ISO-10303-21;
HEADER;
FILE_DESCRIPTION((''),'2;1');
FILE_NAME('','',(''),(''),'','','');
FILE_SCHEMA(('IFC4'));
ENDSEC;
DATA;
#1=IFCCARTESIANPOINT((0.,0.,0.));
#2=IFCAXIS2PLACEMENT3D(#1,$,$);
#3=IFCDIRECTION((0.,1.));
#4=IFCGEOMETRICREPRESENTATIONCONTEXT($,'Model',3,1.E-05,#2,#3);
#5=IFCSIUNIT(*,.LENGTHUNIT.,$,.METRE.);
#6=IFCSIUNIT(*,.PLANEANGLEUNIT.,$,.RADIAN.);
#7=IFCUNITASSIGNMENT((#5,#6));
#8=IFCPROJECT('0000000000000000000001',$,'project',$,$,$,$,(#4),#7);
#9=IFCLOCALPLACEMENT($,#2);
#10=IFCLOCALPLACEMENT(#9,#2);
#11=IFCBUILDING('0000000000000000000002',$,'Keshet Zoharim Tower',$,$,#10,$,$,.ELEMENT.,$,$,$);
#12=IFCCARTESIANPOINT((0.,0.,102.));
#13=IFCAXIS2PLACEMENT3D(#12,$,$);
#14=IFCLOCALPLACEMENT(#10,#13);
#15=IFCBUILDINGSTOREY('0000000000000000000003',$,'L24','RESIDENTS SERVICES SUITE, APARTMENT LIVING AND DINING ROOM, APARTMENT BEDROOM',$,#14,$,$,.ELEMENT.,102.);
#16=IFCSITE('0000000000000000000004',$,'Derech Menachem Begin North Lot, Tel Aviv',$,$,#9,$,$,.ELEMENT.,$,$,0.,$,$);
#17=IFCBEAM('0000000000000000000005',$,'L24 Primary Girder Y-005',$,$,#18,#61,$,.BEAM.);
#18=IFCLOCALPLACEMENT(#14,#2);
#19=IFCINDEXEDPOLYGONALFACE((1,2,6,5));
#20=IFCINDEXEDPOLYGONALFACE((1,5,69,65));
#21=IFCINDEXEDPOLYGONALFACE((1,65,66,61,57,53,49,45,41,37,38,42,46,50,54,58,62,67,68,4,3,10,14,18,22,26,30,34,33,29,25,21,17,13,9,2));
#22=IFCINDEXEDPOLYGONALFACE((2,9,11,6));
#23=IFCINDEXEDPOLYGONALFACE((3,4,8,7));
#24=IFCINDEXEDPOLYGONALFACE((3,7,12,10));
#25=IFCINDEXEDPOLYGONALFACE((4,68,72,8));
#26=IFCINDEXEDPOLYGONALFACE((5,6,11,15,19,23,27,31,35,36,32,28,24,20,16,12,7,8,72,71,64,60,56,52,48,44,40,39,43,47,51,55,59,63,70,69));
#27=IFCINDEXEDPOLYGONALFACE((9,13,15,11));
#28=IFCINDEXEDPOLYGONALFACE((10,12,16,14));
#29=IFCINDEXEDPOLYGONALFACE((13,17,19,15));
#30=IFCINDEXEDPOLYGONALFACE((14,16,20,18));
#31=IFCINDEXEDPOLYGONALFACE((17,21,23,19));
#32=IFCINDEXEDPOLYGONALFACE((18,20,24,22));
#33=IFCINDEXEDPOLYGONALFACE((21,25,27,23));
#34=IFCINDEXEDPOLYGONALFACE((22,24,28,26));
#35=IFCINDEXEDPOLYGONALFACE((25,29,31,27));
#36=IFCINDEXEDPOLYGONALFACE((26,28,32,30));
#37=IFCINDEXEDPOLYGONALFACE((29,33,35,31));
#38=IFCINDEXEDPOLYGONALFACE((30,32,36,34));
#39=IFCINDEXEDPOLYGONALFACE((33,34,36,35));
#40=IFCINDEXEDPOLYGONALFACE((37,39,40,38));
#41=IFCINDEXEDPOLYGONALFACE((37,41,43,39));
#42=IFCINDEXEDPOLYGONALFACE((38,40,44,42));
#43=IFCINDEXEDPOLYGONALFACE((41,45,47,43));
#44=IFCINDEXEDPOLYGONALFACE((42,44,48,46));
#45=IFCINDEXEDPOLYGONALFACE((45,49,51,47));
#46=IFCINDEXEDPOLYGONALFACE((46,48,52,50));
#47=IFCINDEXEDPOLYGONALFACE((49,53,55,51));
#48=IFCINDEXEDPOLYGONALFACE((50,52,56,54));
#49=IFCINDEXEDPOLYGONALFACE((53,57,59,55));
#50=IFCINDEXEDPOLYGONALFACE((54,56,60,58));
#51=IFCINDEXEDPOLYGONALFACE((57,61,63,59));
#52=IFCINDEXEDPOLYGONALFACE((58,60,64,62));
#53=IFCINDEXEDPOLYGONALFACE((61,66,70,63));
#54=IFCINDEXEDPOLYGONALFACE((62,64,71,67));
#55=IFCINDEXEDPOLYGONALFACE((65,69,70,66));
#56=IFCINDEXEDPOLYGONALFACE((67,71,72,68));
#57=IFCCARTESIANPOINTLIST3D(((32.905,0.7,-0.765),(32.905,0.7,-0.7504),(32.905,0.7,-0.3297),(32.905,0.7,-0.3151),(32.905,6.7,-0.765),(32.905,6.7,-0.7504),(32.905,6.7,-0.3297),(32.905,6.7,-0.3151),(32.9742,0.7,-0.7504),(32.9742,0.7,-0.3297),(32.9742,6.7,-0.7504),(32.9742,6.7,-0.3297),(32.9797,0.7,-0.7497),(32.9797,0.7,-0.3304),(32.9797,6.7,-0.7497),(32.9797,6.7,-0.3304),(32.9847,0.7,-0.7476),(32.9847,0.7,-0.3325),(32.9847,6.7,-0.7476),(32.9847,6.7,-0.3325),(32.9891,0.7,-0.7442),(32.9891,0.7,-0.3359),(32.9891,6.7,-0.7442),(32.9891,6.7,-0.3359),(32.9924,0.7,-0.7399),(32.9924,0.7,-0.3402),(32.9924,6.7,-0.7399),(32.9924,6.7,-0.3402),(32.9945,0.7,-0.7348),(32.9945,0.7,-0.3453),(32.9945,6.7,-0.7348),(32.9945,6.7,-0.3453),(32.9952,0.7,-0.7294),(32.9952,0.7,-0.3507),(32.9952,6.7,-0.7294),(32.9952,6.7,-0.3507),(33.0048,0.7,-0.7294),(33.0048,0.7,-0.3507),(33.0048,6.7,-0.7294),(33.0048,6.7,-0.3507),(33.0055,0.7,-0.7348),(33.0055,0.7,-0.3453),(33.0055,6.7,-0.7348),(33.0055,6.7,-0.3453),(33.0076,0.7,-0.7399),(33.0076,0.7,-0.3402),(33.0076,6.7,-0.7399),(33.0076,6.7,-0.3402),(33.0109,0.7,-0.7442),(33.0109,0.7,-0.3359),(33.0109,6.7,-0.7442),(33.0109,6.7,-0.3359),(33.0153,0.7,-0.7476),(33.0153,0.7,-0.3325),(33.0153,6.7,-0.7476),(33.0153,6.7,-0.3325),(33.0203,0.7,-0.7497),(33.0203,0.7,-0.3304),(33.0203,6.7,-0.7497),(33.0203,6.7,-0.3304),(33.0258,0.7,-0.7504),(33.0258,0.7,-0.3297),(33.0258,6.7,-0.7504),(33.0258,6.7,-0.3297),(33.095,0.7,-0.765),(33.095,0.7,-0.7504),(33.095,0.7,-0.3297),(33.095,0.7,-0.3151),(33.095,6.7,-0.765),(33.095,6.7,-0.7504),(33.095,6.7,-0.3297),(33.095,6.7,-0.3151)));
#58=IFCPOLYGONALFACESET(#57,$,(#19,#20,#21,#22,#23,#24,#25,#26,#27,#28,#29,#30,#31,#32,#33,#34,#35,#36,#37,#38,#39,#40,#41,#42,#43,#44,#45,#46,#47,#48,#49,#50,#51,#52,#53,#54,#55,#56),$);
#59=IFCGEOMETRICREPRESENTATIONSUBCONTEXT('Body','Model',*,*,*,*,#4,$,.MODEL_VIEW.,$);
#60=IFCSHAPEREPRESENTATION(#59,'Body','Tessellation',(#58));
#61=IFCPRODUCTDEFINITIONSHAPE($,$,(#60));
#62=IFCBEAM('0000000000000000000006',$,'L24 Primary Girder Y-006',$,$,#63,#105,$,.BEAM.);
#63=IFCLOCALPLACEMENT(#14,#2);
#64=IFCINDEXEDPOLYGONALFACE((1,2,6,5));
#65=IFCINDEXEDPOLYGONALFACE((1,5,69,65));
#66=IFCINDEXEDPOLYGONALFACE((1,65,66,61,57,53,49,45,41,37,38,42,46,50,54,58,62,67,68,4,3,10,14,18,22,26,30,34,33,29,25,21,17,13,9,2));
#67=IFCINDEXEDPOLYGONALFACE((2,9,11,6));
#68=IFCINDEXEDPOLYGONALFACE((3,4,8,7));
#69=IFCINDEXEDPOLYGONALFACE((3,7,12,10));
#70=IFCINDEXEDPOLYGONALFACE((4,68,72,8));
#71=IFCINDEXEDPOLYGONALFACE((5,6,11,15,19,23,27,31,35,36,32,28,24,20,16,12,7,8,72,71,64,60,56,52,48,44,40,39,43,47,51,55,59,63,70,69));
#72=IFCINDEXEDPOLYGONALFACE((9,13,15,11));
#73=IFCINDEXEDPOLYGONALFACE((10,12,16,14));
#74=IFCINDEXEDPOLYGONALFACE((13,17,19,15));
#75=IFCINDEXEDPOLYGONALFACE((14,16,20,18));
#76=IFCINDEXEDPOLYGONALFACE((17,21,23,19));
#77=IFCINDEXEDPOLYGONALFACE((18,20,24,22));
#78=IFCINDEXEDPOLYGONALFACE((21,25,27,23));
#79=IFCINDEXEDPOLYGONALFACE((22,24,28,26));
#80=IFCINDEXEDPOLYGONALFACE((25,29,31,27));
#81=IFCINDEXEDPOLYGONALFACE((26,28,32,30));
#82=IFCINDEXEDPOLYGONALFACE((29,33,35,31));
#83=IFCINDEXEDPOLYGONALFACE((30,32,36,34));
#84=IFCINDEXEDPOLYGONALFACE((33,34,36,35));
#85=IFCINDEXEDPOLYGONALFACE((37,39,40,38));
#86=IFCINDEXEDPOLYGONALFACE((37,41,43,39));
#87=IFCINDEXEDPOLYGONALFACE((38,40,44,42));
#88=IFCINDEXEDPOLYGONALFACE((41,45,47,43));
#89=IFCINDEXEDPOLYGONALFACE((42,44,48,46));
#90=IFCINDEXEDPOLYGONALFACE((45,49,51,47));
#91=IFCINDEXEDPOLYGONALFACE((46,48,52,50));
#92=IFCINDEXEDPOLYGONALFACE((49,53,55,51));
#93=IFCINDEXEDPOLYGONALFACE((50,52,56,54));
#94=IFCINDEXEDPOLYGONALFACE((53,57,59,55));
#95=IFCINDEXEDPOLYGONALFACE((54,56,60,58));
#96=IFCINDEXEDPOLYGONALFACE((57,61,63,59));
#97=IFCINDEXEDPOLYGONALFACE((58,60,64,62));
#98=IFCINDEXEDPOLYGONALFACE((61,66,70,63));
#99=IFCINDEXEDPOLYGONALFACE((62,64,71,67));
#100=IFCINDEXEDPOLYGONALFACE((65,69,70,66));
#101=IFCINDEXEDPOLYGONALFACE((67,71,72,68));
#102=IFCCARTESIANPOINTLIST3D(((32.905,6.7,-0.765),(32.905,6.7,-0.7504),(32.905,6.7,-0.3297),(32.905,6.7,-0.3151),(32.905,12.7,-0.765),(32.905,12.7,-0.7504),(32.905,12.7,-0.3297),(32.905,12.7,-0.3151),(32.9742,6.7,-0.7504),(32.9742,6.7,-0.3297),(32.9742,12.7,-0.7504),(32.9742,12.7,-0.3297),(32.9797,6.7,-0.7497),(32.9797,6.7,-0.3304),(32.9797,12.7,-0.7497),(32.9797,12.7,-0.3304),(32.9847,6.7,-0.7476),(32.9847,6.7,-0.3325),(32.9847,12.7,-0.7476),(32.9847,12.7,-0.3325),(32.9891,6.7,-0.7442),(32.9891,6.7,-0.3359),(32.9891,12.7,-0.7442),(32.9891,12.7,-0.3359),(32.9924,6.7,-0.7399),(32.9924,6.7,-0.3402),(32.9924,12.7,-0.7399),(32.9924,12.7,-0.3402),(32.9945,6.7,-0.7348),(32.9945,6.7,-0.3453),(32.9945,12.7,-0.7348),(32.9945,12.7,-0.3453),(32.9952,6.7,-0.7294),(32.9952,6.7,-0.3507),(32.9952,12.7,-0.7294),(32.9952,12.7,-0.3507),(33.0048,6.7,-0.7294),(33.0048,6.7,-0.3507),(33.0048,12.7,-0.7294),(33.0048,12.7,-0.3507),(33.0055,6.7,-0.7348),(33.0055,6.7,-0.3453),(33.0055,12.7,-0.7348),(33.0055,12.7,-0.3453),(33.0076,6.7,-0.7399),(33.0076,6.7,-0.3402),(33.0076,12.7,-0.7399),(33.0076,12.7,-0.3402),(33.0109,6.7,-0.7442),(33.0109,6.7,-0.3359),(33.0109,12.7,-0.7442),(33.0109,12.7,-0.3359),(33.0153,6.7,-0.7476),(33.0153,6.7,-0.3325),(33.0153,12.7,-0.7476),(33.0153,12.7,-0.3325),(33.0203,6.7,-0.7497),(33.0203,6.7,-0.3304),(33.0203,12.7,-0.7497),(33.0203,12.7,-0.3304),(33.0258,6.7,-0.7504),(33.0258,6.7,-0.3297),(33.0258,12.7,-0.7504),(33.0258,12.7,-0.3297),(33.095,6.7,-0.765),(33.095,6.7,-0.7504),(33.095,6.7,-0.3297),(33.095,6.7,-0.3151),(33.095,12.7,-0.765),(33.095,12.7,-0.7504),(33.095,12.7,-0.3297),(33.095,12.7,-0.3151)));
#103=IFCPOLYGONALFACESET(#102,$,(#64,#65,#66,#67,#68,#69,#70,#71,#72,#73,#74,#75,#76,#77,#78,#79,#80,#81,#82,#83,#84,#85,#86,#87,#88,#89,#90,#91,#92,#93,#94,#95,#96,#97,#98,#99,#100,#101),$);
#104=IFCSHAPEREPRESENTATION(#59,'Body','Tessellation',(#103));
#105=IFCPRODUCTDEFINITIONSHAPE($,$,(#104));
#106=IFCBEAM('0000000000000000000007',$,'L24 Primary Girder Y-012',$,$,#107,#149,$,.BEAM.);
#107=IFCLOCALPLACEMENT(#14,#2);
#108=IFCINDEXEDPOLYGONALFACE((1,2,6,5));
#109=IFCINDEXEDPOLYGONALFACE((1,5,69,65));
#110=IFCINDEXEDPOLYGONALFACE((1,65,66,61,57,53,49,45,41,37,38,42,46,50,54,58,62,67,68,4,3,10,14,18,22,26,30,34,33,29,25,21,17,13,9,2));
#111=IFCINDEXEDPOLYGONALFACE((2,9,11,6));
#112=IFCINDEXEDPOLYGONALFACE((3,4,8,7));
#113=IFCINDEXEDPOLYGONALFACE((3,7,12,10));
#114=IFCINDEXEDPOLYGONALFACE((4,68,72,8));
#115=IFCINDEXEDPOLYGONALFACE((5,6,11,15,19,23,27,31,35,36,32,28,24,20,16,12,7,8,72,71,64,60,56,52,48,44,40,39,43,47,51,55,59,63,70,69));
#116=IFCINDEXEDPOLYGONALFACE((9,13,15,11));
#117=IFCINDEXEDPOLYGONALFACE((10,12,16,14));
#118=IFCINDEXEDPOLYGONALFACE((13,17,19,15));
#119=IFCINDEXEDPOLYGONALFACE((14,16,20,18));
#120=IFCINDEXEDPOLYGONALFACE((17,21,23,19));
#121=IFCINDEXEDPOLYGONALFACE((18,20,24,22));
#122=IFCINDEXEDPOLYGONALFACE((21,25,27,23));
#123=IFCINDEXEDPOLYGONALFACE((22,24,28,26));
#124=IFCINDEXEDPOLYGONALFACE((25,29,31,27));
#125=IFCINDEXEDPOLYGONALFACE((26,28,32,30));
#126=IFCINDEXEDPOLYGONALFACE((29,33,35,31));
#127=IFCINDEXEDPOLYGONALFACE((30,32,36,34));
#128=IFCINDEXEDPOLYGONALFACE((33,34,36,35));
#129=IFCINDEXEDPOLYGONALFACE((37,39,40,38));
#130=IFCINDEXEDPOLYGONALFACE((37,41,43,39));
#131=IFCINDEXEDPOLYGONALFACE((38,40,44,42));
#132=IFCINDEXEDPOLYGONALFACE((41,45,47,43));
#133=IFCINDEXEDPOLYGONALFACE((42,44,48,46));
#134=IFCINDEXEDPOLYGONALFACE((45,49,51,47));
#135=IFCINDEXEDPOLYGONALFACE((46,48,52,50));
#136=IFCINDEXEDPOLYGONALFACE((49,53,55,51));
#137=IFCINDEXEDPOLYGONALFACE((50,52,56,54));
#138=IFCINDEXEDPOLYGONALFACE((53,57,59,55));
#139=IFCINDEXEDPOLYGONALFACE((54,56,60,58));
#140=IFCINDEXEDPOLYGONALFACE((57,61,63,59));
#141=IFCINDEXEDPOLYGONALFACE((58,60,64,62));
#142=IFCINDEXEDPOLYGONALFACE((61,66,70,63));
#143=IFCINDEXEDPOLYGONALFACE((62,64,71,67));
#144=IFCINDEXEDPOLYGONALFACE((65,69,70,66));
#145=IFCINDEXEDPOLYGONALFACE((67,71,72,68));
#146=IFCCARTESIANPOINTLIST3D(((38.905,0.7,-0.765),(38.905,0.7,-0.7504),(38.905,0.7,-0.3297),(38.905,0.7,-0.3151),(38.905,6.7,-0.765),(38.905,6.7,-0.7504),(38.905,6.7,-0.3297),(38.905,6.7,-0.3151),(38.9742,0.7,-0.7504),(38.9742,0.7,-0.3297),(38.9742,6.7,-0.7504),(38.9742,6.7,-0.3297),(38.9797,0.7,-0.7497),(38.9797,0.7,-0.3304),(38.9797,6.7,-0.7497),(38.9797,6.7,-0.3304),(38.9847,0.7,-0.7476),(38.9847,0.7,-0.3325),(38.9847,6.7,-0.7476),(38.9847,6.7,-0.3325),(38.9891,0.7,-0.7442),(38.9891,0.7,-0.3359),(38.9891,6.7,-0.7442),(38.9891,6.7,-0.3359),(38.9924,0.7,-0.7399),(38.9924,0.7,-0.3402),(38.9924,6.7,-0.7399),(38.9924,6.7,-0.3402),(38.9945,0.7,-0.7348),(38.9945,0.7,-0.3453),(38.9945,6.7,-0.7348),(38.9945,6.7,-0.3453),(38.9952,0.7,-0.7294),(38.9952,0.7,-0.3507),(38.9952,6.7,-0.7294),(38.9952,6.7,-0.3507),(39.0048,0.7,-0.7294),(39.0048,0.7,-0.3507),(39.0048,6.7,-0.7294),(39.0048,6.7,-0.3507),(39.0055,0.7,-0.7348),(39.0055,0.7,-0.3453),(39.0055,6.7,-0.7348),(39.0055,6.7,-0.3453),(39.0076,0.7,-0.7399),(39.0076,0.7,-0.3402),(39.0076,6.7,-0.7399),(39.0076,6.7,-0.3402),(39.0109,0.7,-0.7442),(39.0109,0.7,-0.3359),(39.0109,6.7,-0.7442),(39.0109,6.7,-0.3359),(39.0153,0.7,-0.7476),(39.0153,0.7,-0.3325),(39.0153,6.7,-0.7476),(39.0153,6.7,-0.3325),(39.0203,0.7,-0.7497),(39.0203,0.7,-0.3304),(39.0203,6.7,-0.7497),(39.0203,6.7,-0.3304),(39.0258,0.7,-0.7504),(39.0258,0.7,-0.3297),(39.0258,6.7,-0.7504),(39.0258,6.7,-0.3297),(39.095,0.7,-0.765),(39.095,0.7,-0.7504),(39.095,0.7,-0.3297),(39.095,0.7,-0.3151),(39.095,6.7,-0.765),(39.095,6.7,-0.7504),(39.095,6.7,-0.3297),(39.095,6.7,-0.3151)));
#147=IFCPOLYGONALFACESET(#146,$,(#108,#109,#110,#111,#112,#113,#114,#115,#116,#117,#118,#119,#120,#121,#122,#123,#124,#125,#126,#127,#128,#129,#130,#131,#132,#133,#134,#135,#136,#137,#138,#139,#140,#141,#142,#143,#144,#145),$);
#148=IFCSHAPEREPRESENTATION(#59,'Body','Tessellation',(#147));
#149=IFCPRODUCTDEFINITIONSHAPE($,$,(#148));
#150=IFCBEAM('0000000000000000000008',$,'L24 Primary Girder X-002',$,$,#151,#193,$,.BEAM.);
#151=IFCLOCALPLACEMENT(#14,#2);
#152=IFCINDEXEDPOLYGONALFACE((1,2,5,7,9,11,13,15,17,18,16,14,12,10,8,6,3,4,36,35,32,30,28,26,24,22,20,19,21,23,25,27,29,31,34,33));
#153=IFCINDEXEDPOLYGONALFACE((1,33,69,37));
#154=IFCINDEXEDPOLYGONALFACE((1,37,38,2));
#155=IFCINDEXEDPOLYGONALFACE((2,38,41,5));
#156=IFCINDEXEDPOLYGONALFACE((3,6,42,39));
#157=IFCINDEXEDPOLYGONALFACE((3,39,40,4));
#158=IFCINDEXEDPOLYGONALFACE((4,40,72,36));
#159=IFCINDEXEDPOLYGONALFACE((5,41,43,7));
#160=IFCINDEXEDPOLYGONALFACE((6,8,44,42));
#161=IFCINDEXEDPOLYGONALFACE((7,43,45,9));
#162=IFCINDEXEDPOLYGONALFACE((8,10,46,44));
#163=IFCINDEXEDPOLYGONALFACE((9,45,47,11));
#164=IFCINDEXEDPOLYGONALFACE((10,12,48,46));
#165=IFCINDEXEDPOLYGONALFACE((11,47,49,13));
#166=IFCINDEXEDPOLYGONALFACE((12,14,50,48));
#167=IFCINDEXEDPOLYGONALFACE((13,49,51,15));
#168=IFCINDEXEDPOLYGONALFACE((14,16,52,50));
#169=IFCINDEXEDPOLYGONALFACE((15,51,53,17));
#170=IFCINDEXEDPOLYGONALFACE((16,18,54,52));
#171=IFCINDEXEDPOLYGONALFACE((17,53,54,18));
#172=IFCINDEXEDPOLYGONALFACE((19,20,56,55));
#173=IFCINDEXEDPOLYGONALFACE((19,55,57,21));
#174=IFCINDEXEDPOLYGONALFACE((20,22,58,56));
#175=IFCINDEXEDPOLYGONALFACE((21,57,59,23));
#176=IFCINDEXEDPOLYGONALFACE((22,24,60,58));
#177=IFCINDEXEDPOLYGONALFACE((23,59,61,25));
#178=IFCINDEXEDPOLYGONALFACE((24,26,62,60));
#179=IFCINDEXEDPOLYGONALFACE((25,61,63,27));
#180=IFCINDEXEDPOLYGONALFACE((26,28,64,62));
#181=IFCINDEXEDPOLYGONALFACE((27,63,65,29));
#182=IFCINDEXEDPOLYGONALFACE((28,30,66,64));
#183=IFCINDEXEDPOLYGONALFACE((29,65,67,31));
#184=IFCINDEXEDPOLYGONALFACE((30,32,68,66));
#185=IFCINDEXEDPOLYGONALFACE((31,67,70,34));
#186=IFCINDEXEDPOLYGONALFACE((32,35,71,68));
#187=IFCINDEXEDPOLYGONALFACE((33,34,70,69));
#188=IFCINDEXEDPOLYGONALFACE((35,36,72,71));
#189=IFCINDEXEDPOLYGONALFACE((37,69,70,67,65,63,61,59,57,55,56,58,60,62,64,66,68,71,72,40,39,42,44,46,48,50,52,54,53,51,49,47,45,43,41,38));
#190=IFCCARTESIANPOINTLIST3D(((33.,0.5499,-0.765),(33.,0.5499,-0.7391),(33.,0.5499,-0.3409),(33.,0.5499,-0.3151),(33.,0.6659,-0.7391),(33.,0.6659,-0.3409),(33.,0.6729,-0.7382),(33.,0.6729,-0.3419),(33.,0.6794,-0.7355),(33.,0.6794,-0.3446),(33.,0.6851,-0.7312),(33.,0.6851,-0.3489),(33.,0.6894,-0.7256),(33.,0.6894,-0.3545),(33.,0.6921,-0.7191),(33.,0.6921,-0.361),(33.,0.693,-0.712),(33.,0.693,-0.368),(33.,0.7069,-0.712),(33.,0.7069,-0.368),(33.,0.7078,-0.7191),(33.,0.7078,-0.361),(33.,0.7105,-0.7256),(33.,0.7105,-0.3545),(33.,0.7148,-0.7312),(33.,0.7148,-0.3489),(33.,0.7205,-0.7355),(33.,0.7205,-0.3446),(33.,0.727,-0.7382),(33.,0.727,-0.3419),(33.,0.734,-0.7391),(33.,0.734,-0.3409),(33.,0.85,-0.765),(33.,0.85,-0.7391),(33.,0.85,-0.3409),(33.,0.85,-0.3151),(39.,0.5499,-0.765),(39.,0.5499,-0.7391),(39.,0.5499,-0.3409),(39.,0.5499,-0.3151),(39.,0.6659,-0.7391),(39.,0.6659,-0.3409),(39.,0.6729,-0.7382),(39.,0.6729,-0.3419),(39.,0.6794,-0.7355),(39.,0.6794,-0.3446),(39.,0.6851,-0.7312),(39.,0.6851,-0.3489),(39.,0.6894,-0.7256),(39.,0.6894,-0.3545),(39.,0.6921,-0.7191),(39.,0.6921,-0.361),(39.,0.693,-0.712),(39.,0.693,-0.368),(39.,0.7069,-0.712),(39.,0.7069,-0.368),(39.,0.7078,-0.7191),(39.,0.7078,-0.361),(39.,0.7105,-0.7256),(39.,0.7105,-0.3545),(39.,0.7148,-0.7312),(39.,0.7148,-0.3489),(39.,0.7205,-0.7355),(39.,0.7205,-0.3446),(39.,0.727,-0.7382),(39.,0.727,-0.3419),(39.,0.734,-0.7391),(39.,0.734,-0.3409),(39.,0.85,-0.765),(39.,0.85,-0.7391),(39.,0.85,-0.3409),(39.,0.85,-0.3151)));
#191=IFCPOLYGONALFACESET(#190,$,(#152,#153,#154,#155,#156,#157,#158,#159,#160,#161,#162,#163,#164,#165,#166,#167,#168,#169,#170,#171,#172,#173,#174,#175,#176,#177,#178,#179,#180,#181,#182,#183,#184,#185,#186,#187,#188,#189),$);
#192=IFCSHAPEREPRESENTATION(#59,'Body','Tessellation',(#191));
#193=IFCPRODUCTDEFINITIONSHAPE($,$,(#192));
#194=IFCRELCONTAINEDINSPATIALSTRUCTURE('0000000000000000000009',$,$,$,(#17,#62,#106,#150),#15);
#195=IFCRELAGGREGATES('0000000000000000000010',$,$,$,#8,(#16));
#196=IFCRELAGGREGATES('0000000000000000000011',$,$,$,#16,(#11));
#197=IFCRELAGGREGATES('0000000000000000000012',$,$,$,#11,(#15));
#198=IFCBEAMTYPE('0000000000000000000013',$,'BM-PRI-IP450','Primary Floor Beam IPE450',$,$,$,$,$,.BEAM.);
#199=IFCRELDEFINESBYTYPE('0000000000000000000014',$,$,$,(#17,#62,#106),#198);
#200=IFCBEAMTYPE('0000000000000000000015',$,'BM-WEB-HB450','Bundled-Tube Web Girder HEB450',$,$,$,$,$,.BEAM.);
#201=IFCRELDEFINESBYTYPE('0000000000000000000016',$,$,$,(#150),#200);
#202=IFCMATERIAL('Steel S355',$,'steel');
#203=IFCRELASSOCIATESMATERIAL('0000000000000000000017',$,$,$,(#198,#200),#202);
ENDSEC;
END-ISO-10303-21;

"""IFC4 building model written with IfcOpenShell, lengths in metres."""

from ifc_helpers import new_model, si_unit, direction, frame, origin, origin_2d, place, context, subcontext, project, spatial, i_section, extrude, material, material_profile, profile_set, type_object, element, save


model = new_model("IFC4")

# Units and contexts
model_context = context("Model", 3, precision=1e-05, world=origin(), true_north=direction((0.0, 1.0)))
body_context = subcontext(model_context, "Body", "Model", "MODEL_VIEW")
ifc_project = project(units=[si_unit("LENGTHUNIT", "METRE"), si_unit("PLANEANGLEUNIT", "RADIAN")], contexts=[model_context])

# Site, building, storey
site_placement = place(None, origin())
site = spatial("IfcSite", under=ifc_project, at=site_placement, Name="Derech Menachem Begin North Lot, Tel Aviv", CompositionType="ELEMENT", RefElevation=0.0)
building_placement = place(site_placement, origin())
building = spatial("IfcBuilding", under=site, at=building_placement, Name="Keshet Zoharim Tower", CompositionType="ELEMENT")
storey_placement = place(building_placement, frame((0.0, 0.0, 102.0)))
storey = spatial("IfcBuildingStorey", under=building, at=storey_placement, Name="L24", Description="RESIDENTS SERVICES SUITE, APARTMENT LIVING AND DINING ROOM, APARTMENT BEDROOM", CompositionType="ELEMENT", Elevation=102.0)

# Shared definitions
ifc_material_1 = material(Name="Steel S355", Category="steel")

# Beams
ifc_material_profile_1 = material_profile(ifc_material_1, i_section(OverallWidth=0.1899, OverallDepth=0.45, WebThickness=0.0095, FlangeThickness=0.0146, FilletRadius=0.021, at=origin_2d()), Name="IPE450")
ifc_profile_set_1 = profile_set([ifc_material_profile_1], Name="Steel S355")
beam_type_1 = type_object("IfcBeamType", Name="BM-PRI-IP450", Description="Primary Floor Beam IPE450", PredefinedType="BEAM", material=ifc_profile_set_1)
for number, where, z_axis, x_axis, name in (
    (1, (33.0, 0.7, -0.54), (0.0, 1.0, 0.0), (-1.0, 0.0, 0.0), "L24 Primary Girder Y-005"),
    (2, (33.0, 6.7, -0.54), (0.0, 1.0, 0.0), (-1.0, 0.0, 0.0), "L24 Primary Girder Y-006"),
    (3, (39.0, 0.7, -0.54), (0.0, 1.0, 0.0), (-1.0, 0.0, 0.0), "L24 Primary Girder Y-012"),
):
    element("IfcBeam", number, at=place(storey_placement, frame(where, z_axis=z_axis, x_axis=x_axis)), inside=storey, type_object=beam_type_1, Name=name, PredefinedType="BEAM", context=body_context, shape_type="SweptSolid", body=[
        extrude(i_section(OverallWidth=0.1899, OverallDepth=0.45, WebThickness=0.0095, FlangeThickness=0.0146, FilletRadius=0.021, at=origin_2d()), origin(), (0.0, 0.0, 1.0), 6.0),
    ])
ifc_material_profile_2 = material_profile(ifc_material_1, i_section(OverallWidth=0.3, OverallDepth=0.45, WebThickness=0.0139, FlangeThickness=0.0259, FilletRadius=0.0271, at=origin_2d()), Name="HEB450")
ifc_profile_set_2 = profile_set([ifc_material_profile_2], Name="Steel S355")
beam_type_2 = type_object("IfcBeamType", Name="BM-WEB-HB450", Description="Bundled-Tube Web Girder HEB450", PredefinedType="BEAM", material=ifc_profile_set_2)
for number, where, z_axis, x_axis, name in (
    (4, (33.0, 0.7, -0.54), (1.0, 0.0, 0.0), (0.0, 1.0, 0.0), "L24 Primary Girder X-002"),
):
    element("IfcBeam", number, at=place(storey_placement, frame(where, z_axis=z_axis, x_axis=x_axis)), inside=storey, type_object=beam_type_2, Name=name, PredefinedType="BEAM", context=body_context, shape_type="SweptSolid", body=[
        extrude(i_section(OverallWidth=0.3, OverallDepth=0.45, WebThickness=0.0139, FlangeThickness=0.0259, FilletRadius=0.0271, at=origin_2d()), origin(), (0.0, 0.0, 1.0), 6.0),
    ])

save(model, "model.ifc")
